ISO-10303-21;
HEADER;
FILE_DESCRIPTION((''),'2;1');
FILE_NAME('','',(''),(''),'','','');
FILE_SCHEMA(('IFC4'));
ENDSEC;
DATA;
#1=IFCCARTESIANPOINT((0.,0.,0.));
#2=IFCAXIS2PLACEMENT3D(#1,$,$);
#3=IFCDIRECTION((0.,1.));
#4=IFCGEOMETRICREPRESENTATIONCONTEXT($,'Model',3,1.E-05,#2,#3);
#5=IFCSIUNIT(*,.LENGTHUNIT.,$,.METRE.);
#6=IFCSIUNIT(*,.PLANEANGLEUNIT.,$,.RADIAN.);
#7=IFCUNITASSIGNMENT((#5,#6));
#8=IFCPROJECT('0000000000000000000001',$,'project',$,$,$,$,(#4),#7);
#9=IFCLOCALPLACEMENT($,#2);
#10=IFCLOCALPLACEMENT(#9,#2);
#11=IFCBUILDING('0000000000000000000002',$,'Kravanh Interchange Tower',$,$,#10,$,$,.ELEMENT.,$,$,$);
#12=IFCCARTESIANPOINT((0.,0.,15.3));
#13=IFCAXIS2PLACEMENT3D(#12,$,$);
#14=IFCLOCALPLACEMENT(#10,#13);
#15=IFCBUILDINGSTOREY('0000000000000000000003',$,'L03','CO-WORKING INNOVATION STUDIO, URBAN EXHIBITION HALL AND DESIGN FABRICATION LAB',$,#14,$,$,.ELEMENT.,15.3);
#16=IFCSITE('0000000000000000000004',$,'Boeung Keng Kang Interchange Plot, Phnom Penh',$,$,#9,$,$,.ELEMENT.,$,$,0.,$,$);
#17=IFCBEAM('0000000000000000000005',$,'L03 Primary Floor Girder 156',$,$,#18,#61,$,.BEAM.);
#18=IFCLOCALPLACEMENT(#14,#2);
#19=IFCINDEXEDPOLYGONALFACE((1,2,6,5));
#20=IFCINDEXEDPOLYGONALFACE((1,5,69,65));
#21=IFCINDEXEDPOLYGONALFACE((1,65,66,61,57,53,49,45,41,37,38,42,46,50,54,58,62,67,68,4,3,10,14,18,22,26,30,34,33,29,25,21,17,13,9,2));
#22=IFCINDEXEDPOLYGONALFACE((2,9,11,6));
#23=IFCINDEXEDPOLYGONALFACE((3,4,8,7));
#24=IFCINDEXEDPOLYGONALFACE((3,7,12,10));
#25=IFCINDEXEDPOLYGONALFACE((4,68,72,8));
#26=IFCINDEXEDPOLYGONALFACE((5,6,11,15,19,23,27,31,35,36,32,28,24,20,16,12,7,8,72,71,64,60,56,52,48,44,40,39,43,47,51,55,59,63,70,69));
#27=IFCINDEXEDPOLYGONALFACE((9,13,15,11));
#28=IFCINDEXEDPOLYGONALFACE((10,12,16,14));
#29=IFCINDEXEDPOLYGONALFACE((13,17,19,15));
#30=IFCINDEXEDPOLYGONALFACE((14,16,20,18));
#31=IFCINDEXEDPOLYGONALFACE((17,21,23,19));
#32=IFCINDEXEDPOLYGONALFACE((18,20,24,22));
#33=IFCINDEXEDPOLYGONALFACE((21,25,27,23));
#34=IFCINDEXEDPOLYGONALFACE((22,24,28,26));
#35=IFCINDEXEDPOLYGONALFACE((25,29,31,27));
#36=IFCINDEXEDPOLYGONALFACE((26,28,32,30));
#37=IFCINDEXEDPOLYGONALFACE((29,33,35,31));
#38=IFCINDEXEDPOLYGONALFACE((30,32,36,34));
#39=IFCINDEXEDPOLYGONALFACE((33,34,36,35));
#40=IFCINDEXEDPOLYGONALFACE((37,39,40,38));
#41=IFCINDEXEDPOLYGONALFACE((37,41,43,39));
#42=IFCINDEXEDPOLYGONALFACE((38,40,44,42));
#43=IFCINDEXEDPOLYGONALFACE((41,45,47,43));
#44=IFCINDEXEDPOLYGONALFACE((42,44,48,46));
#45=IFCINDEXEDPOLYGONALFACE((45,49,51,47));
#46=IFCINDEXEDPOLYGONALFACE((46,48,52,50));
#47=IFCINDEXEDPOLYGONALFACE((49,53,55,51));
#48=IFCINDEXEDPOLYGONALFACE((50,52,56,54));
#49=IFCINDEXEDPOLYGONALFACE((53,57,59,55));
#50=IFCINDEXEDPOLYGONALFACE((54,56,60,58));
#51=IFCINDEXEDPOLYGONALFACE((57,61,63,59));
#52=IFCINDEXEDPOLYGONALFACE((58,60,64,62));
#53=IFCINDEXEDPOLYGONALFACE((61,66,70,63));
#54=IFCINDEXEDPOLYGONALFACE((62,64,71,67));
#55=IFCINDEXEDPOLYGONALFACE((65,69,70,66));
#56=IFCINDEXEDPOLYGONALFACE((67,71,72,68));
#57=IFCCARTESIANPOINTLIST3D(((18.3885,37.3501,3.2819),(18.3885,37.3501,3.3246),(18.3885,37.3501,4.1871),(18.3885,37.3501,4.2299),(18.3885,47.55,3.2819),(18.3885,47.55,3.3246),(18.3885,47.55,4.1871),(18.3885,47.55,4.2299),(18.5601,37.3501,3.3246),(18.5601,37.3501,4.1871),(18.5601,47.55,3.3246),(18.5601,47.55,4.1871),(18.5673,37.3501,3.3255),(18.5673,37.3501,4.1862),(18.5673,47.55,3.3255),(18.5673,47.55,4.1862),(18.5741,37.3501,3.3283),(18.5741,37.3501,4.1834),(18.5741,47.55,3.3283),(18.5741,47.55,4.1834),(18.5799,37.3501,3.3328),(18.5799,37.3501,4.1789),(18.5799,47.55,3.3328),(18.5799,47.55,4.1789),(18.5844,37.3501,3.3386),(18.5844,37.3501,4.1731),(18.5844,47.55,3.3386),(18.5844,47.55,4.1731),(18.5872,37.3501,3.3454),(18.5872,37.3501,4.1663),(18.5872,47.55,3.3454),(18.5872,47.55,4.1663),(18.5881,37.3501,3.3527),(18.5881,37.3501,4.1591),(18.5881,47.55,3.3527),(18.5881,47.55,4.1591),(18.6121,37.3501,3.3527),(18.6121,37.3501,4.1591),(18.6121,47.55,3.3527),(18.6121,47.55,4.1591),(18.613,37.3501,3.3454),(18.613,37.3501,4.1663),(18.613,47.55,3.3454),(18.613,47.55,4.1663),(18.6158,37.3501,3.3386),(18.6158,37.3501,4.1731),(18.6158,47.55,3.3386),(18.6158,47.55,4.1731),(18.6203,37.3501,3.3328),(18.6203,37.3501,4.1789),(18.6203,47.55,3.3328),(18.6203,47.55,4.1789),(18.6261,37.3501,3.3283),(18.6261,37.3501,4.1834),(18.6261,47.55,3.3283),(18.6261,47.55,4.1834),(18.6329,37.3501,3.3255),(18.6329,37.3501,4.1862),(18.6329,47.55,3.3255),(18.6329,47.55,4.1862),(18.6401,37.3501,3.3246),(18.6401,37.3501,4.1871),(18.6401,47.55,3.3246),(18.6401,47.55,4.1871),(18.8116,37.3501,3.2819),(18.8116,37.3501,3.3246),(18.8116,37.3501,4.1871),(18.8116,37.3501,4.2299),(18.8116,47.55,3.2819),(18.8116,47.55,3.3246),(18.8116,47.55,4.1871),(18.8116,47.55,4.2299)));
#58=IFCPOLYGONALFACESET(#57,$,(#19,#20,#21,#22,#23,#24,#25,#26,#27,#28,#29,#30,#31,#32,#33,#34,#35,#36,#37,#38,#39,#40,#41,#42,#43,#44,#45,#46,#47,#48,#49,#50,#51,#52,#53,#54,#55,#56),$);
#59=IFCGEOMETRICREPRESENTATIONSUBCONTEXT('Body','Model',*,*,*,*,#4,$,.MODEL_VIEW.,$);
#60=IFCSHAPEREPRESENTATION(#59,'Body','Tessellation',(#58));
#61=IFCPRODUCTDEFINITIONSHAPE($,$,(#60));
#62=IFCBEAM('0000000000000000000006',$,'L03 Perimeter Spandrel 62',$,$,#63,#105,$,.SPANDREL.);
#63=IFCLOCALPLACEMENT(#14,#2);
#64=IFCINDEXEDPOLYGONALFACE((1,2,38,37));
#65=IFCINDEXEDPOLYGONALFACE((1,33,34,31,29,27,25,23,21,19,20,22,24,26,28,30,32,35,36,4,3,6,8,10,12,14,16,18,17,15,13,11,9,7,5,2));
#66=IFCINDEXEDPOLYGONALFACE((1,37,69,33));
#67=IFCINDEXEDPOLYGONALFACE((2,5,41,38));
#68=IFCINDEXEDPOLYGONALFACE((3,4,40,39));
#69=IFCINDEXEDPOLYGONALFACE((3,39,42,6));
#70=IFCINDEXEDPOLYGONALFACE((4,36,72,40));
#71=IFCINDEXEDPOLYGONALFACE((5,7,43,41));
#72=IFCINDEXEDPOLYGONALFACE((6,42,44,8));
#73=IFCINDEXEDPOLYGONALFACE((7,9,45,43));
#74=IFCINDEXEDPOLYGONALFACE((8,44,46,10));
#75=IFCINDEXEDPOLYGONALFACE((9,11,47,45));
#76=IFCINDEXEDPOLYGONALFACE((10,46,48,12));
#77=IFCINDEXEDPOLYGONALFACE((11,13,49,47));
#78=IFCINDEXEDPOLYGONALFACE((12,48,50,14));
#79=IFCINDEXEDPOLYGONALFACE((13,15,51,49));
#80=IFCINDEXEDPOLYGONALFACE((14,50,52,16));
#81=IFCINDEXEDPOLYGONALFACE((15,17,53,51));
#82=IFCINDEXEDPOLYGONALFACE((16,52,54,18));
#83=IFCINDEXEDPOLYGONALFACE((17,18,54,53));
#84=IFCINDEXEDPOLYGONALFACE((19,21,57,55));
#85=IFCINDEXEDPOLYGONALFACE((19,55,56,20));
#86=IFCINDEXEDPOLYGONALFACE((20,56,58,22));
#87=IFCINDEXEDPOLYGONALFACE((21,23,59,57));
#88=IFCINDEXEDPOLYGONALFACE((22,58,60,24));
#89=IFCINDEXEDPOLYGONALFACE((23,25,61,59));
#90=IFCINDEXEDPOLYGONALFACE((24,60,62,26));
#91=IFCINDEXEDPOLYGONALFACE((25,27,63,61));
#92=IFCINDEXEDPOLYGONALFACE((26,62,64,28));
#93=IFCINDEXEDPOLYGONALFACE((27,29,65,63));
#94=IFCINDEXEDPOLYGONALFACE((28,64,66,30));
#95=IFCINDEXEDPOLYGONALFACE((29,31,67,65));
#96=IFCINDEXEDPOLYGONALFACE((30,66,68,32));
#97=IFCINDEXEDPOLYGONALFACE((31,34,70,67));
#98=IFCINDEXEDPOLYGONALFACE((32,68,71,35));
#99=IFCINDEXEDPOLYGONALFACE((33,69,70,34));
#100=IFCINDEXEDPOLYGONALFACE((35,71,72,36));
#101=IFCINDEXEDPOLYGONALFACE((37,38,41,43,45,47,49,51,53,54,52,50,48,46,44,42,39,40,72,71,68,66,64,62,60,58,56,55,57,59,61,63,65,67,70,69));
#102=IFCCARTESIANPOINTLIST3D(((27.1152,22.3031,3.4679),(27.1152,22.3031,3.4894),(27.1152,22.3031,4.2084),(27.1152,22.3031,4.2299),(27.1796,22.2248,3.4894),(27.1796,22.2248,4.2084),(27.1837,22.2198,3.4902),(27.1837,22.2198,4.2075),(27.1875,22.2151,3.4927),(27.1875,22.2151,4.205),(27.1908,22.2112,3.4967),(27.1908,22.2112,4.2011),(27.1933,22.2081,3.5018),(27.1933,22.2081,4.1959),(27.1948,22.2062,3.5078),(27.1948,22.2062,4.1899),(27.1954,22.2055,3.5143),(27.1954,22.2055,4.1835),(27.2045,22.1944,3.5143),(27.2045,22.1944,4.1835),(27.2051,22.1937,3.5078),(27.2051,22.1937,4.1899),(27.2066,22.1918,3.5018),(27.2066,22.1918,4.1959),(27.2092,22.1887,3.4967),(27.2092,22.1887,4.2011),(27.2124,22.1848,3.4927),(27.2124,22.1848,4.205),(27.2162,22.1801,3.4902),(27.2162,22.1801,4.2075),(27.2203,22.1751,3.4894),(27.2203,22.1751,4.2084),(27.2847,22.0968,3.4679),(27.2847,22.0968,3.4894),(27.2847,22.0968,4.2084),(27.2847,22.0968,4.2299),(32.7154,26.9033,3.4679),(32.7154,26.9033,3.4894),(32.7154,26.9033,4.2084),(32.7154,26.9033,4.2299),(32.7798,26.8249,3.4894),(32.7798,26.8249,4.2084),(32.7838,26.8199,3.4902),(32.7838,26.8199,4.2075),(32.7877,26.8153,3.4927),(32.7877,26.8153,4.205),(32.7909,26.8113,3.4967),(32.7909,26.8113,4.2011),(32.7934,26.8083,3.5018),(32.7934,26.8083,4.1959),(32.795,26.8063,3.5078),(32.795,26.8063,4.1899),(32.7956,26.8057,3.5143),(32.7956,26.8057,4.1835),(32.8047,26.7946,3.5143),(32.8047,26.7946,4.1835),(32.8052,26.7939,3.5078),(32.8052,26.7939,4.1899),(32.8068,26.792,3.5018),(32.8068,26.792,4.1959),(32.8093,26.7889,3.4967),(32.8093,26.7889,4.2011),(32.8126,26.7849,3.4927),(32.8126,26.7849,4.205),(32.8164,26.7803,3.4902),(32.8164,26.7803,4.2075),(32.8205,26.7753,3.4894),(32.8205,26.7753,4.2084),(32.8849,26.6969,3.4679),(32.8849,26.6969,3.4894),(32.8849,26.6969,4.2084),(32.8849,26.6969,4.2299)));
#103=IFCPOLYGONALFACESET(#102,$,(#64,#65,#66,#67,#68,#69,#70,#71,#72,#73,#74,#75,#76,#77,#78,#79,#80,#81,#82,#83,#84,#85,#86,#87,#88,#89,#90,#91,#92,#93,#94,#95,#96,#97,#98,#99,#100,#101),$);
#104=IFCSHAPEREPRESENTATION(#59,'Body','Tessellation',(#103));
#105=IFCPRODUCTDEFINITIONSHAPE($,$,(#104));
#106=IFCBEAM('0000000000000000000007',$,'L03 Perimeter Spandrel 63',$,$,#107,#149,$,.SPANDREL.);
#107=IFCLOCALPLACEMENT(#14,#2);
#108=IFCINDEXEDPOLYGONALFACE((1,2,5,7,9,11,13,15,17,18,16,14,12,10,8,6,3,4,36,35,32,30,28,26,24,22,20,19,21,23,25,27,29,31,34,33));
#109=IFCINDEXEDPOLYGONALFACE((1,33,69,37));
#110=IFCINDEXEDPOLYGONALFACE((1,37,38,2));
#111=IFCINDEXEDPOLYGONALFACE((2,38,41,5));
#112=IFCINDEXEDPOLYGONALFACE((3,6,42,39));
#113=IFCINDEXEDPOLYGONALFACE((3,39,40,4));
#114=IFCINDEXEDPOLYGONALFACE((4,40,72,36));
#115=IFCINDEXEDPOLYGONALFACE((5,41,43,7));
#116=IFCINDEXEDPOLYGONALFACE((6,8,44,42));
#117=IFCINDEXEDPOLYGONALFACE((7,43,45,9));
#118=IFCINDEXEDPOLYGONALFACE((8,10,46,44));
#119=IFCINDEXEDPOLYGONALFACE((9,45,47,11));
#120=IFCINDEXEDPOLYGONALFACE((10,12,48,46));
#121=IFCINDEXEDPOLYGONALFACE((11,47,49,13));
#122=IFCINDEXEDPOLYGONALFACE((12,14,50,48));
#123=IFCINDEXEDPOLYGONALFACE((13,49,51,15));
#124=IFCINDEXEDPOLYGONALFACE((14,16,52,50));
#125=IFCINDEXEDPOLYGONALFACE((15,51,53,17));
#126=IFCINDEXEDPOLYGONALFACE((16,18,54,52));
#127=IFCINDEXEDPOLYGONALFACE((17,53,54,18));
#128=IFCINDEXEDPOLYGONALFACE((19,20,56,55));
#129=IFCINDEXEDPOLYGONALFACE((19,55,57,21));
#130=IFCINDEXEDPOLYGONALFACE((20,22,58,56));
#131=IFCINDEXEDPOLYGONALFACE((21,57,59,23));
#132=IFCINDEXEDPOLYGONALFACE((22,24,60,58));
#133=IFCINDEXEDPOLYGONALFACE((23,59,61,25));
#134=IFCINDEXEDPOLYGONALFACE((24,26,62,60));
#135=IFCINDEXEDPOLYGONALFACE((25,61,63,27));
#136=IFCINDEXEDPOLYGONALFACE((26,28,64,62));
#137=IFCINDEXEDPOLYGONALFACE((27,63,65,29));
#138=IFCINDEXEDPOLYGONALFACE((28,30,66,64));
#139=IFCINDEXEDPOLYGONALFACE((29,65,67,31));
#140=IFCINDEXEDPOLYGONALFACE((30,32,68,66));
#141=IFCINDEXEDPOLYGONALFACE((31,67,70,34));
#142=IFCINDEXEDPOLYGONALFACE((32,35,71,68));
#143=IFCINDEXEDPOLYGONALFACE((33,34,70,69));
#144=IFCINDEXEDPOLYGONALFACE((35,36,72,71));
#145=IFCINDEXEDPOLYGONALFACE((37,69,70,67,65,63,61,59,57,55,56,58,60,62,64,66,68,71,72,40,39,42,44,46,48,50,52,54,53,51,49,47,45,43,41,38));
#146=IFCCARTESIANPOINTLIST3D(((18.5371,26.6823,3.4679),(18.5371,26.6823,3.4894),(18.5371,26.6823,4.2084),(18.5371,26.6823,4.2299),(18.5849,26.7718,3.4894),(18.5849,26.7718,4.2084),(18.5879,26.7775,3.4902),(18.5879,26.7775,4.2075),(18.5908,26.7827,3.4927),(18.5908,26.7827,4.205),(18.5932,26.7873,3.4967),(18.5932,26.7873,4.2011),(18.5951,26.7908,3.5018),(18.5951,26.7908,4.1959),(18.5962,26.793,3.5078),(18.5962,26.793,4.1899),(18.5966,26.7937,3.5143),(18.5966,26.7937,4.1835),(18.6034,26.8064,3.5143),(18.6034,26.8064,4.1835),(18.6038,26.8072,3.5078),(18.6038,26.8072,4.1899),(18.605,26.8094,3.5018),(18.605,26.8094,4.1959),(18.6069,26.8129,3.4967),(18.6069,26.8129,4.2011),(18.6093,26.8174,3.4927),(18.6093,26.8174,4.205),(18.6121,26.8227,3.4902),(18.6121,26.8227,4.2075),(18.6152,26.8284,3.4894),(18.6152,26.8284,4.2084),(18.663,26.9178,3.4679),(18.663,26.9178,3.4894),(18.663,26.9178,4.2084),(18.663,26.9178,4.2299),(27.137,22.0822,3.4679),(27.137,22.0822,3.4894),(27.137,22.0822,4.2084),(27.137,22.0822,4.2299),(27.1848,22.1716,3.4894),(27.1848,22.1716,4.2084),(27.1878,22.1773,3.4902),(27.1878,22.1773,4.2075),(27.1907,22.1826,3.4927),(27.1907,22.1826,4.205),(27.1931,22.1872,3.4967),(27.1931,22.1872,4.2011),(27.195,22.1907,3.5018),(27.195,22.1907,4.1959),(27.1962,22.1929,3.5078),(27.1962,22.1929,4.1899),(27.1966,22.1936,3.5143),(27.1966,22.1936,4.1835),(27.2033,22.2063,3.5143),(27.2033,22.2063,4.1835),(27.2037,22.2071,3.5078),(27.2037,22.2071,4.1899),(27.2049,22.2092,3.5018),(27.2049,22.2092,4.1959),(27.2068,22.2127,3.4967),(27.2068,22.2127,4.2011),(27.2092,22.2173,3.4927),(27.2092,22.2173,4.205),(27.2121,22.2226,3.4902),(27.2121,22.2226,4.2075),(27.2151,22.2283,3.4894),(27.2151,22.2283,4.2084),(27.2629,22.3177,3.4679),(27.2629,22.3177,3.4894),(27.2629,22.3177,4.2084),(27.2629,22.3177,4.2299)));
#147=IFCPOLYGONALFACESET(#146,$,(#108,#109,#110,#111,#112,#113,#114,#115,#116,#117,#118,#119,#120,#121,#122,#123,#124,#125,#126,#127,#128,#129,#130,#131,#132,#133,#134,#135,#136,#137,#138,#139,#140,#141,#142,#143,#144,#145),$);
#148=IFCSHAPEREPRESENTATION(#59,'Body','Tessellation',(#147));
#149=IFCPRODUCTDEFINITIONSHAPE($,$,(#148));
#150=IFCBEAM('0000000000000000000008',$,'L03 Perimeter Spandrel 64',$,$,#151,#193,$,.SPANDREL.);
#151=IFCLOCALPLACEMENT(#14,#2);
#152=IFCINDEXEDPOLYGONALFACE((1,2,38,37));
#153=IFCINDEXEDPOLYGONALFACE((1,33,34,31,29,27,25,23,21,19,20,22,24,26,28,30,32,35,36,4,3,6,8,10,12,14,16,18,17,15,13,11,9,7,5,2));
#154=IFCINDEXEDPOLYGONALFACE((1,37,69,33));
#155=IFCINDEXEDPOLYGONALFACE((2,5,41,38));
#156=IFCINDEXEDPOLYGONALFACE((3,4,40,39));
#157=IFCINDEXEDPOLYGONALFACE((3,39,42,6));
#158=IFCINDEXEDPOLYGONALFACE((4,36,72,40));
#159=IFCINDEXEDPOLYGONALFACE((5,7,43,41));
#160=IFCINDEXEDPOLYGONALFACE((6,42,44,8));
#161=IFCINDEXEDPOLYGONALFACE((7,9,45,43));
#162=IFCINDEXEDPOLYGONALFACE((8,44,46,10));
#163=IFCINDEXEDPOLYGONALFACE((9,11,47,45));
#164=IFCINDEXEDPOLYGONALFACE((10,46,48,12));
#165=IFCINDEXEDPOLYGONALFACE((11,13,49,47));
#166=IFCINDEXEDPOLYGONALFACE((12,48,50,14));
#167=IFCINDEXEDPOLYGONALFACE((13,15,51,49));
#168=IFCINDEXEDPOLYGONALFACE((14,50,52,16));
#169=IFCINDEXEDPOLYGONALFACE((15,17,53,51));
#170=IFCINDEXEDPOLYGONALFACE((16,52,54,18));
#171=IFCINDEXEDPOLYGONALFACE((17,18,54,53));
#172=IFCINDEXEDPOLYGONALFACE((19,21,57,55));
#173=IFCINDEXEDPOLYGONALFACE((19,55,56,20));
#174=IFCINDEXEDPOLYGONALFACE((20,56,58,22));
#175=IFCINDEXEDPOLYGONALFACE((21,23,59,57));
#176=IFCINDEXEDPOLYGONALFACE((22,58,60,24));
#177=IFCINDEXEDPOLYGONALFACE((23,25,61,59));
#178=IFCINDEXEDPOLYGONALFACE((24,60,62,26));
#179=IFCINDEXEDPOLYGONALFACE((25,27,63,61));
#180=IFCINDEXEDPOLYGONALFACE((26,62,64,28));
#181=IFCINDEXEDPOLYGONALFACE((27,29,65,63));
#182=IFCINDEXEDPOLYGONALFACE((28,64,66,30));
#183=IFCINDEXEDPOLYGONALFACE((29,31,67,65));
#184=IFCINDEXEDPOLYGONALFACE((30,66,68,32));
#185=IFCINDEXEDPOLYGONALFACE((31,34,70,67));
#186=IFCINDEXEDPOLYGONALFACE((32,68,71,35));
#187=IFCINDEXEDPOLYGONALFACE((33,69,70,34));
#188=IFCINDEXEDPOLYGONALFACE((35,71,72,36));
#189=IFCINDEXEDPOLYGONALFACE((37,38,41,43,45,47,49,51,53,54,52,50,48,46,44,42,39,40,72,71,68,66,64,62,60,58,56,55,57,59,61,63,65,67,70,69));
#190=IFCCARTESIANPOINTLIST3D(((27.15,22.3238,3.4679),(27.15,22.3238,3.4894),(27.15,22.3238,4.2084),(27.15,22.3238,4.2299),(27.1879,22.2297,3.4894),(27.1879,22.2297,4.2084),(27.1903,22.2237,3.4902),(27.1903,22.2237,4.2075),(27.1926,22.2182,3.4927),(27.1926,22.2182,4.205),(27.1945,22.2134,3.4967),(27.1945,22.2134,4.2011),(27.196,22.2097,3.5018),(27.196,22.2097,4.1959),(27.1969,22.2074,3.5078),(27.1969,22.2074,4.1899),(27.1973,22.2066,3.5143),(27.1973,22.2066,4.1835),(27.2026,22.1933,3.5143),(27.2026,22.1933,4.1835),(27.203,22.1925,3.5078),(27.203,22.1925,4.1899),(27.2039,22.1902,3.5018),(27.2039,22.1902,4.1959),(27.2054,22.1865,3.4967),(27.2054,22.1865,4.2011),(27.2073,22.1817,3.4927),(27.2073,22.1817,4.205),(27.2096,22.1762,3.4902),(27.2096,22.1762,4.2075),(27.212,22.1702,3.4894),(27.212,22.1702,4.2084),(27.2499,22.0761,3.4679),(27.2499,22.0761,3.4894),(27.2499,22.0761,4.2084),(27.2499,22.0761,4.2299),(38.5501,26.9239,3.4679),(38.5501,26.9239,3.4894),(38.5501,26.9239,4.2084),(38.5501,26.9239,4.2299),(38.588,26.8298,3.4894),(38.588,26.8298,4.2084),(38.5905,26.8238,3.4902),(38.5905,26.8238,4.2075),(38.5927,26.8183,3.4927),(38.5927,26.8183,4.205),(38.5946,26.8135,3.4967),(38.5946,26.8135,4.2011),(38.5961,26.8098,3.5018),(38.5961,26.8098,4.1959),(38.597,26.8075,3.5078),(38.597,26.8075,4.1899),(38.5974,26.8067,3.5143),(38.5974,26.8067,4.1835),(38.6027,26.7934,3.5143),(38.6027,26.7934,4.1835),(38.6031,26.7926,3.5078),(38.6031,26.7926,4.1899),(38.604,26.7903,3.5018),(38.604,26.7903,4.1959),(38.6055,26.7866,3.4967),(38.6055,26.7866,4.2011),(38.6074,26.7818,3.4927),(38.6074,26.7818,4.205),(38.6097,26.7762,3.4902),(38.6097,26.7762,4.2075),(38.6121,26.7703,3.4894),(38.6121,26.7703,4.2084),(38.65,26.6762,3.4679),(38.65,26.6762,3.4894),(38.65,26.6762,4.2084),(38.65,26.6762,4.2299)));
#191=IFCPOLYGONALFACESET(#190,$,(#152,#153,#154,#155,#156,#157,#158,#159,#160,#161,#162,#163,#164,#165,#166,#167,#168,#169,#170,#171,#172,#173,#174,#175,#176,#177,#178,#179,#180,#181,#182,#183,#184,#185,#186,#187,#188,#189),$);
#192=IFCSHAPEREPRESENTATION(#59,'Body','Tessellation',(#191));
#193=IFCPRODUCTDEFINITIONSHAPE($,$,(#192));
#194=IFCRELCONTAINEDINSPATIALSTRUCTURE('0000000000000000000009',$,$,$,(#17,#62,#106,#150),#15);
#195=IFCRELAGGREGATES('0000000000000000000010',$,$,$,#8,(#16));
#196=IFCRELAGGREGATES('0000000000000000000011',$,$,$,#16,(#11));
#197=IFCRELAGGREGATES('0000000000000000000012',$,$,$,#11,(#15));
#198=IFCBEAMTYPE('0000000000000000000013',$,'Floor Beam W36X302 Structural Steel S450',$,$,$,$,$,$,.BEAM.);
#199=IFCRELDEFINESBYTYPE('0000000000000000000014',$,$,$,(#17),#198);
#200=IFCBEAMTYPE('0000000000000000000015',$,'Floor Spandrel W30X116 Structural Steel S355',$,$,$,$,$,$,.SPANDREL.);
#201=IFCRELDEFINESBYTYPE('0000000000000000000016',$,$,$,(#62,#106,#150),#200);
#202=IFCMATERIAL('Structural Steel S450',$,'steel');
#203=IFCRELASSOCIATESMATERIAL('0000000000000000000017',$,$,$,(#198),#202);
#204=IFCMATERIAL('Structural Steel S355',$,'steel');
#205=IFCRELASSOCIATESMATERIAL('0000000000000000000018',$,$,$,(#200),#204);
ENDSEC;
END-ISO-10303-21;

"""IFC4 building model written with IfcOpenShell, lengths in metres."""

from ifc_helpers import new_model, si_unit, direction, frame, origin, origin_2d, place, context, subcontext, project, spatial, i_section, extrude, material, material_profile, profile_set, type_object, element, save


model = new_model("IFC4")

# Units and contexts
model_context = context("Model", 3, precision=1e-05, world=origin(), true_north=direction((0.0, 1.0)))
body_context = subcontext(model_context, "Body", "Model", "MODEL_VIEW")
ifc_project = project(units=[si_unit("LENGTHUNIT", "METRE"), si_unit("PLANEANGLEUNIT", "RADIAN")], contexts=[model_context])

# Site, building, storey
site_placement = place(None, origin())
site = spatial("IfcSite", under=ifc_project, at=site_placement, Name="Boeung Keng Kang Interchange Plot, Phnom Penh", CompositionType="ELEMENT", RefElevation=0.0)
building_placement = place(site_placement, origin())
building = spatial("IfcBuilding", under=site, at=building_placement, Name="Kravanh Interchange Tower", CompositionType="ELEMENT")
storey_placement = place(building_placement, frame((0.0, 0.0, 15.3)))
storey = spatial("IfcBuildingStorey", under=building, at=storey_placement, Name="L03", Description="CO-WORKING INNOVATION STUDIO, URBAN EXHIBITION HALL AND DESIGN FABRICATION LAB", CompositionType="ELEMENT", Elevation=15.3)

# Beams
ifc_material_1 = material(Name="Structural Steel S450", Category="steel")
ifc_material_profile_1 = material_profile(ifc_material_1, i_section(OverallWidth=0.4231, OverallDepth=0.948, WebThickness=0.0239, FlangeThickness=0.0427, FilletRadius=0.0281, at=origin_2d()), Name="W36X302")
ifc_profile_set_1 = profile_set([ifc_material_profile_1], Name="Structural Steel S450")
beam_type_1 = type_object("IfcBeamType", Name="Floor Beam W36X302 Structural Steel S450", PredefinedType="BEAM", material=ifc_profile_set_1)
beam_1_placement = place(storey_placement, frame((18.6001, 37.3501, 3.7559), z_axis=(0.0, 1.0, 0.0), x_axis=(-1.0, 0.0, 0.0)))
element("IfcBeam", 1, at=beam_1_placement, inside=storey, type_object=beam_type_1, Name="L03 Primary Floor Girder 156", PredefinedType="BEAM", context=body_context, shape_type="SweptSolid", body=[
    extrude(i_section(OverallWidth=0.4231, OverallDepth=0.948, WebThickness=0.0239, FlangeThickness=0.0427, FilletRadius=0.0281, at=origin_2d()), origin(), (0.0, 0.0, 1.0), 10.2),
])
ifc_material_2 = material(Name="Structural Steel S355", Category="steel")
ifc_material_profile_2 = material_profile(ifc_material_2, i_section(OverallWidth=0.2671, OverallDepth=0.762, WebThickness=0.0144, FlangeThickness=0.0215, FilletRadius=0.0249, at=origin_2d()), Name="W30X116")
ifc_profile_set_2 = profile_set([ifc_material_profile_2], Name="Structural Steel S355")
beam_type_2 = type_object("IfcBeamType", Name="Floor Spandrel W30X116 Structural Steel S355", PredefinedType="SPANDREL", material=ifc_profile_set_2)
beam_2_placement = place(storey_placement, frame((27.2, 22.2, 3.8489), z_axis=(0.772725, 0.634741, 0.0), x_axis=(-0.634741, 0.772725, 0.0)))
element("IfcBeam", 2, at=beam_2_placement, inside=storey, type_object=beam_type_2, Name="L03 Perimeter Spandrel 62", PredefinedType="SPANDREL", context=body_context, shape_type="SweptSolid", body=[
    extrude(i_section(OverallWidth=0.2671, OverallDepth=0.762, WebThickness=0.0144, FlangeThickness=0.0215, FilletRadius=0.0249, at=origin_2d()), origin(), (0.0, 0.0, 1.0), 7.2473),
])
beam_3_placement = place(storey_placement, frame((27.2, 22.2, 3.8489), z_axis=(-0.881777, 0.471666, 0.0), x_axis=(-0.471666, -0.881777, 0.0)))
element("IfcBeam", 3, at=beam_3_placement, inside=storey, type_object=beam_type_2, Name="L03 Perimeter Spandrel 63", PredefinedType="SPANDREL", context=body_context, shape_type="SweptSolid", body=[
    extrude(i_section(OverallWidth=0.2671, OverallDepth=0.762, WebThickness=0.0144, FlangeThickness=0.0215, FilletRadius=0.0249, at=origin_2d()), origin(), (0.0, 0.0, 1.0), 9.7529),
])
beam_4_placement = place(storey_placement, frame((27.2, 22.2, 3.8489), z_axis=(0.927349, 0.374197, 0.0), x_axis=(-0.374197, 0.927349, 0.0)))
element("IfcBeam", 4, at=beam_4_placement, inside=storey, type_object=beam_type_2, Name="L03 Perimeter Spandrel 64", PredefinedType="SPANDREL", context=body_context, shape_type="SweptSolid", body=[
    extrude(i_section(OverallWidth=0.2671, OverallDepth=0.762, WebThickness=0.0144, FlangeThickness=0.0215, FilletRadius=0.0249, at=origin_2d()), origin(), (0.0, 0.0, 1.0), 12.2932),
])

save(model, "model.ifc")
